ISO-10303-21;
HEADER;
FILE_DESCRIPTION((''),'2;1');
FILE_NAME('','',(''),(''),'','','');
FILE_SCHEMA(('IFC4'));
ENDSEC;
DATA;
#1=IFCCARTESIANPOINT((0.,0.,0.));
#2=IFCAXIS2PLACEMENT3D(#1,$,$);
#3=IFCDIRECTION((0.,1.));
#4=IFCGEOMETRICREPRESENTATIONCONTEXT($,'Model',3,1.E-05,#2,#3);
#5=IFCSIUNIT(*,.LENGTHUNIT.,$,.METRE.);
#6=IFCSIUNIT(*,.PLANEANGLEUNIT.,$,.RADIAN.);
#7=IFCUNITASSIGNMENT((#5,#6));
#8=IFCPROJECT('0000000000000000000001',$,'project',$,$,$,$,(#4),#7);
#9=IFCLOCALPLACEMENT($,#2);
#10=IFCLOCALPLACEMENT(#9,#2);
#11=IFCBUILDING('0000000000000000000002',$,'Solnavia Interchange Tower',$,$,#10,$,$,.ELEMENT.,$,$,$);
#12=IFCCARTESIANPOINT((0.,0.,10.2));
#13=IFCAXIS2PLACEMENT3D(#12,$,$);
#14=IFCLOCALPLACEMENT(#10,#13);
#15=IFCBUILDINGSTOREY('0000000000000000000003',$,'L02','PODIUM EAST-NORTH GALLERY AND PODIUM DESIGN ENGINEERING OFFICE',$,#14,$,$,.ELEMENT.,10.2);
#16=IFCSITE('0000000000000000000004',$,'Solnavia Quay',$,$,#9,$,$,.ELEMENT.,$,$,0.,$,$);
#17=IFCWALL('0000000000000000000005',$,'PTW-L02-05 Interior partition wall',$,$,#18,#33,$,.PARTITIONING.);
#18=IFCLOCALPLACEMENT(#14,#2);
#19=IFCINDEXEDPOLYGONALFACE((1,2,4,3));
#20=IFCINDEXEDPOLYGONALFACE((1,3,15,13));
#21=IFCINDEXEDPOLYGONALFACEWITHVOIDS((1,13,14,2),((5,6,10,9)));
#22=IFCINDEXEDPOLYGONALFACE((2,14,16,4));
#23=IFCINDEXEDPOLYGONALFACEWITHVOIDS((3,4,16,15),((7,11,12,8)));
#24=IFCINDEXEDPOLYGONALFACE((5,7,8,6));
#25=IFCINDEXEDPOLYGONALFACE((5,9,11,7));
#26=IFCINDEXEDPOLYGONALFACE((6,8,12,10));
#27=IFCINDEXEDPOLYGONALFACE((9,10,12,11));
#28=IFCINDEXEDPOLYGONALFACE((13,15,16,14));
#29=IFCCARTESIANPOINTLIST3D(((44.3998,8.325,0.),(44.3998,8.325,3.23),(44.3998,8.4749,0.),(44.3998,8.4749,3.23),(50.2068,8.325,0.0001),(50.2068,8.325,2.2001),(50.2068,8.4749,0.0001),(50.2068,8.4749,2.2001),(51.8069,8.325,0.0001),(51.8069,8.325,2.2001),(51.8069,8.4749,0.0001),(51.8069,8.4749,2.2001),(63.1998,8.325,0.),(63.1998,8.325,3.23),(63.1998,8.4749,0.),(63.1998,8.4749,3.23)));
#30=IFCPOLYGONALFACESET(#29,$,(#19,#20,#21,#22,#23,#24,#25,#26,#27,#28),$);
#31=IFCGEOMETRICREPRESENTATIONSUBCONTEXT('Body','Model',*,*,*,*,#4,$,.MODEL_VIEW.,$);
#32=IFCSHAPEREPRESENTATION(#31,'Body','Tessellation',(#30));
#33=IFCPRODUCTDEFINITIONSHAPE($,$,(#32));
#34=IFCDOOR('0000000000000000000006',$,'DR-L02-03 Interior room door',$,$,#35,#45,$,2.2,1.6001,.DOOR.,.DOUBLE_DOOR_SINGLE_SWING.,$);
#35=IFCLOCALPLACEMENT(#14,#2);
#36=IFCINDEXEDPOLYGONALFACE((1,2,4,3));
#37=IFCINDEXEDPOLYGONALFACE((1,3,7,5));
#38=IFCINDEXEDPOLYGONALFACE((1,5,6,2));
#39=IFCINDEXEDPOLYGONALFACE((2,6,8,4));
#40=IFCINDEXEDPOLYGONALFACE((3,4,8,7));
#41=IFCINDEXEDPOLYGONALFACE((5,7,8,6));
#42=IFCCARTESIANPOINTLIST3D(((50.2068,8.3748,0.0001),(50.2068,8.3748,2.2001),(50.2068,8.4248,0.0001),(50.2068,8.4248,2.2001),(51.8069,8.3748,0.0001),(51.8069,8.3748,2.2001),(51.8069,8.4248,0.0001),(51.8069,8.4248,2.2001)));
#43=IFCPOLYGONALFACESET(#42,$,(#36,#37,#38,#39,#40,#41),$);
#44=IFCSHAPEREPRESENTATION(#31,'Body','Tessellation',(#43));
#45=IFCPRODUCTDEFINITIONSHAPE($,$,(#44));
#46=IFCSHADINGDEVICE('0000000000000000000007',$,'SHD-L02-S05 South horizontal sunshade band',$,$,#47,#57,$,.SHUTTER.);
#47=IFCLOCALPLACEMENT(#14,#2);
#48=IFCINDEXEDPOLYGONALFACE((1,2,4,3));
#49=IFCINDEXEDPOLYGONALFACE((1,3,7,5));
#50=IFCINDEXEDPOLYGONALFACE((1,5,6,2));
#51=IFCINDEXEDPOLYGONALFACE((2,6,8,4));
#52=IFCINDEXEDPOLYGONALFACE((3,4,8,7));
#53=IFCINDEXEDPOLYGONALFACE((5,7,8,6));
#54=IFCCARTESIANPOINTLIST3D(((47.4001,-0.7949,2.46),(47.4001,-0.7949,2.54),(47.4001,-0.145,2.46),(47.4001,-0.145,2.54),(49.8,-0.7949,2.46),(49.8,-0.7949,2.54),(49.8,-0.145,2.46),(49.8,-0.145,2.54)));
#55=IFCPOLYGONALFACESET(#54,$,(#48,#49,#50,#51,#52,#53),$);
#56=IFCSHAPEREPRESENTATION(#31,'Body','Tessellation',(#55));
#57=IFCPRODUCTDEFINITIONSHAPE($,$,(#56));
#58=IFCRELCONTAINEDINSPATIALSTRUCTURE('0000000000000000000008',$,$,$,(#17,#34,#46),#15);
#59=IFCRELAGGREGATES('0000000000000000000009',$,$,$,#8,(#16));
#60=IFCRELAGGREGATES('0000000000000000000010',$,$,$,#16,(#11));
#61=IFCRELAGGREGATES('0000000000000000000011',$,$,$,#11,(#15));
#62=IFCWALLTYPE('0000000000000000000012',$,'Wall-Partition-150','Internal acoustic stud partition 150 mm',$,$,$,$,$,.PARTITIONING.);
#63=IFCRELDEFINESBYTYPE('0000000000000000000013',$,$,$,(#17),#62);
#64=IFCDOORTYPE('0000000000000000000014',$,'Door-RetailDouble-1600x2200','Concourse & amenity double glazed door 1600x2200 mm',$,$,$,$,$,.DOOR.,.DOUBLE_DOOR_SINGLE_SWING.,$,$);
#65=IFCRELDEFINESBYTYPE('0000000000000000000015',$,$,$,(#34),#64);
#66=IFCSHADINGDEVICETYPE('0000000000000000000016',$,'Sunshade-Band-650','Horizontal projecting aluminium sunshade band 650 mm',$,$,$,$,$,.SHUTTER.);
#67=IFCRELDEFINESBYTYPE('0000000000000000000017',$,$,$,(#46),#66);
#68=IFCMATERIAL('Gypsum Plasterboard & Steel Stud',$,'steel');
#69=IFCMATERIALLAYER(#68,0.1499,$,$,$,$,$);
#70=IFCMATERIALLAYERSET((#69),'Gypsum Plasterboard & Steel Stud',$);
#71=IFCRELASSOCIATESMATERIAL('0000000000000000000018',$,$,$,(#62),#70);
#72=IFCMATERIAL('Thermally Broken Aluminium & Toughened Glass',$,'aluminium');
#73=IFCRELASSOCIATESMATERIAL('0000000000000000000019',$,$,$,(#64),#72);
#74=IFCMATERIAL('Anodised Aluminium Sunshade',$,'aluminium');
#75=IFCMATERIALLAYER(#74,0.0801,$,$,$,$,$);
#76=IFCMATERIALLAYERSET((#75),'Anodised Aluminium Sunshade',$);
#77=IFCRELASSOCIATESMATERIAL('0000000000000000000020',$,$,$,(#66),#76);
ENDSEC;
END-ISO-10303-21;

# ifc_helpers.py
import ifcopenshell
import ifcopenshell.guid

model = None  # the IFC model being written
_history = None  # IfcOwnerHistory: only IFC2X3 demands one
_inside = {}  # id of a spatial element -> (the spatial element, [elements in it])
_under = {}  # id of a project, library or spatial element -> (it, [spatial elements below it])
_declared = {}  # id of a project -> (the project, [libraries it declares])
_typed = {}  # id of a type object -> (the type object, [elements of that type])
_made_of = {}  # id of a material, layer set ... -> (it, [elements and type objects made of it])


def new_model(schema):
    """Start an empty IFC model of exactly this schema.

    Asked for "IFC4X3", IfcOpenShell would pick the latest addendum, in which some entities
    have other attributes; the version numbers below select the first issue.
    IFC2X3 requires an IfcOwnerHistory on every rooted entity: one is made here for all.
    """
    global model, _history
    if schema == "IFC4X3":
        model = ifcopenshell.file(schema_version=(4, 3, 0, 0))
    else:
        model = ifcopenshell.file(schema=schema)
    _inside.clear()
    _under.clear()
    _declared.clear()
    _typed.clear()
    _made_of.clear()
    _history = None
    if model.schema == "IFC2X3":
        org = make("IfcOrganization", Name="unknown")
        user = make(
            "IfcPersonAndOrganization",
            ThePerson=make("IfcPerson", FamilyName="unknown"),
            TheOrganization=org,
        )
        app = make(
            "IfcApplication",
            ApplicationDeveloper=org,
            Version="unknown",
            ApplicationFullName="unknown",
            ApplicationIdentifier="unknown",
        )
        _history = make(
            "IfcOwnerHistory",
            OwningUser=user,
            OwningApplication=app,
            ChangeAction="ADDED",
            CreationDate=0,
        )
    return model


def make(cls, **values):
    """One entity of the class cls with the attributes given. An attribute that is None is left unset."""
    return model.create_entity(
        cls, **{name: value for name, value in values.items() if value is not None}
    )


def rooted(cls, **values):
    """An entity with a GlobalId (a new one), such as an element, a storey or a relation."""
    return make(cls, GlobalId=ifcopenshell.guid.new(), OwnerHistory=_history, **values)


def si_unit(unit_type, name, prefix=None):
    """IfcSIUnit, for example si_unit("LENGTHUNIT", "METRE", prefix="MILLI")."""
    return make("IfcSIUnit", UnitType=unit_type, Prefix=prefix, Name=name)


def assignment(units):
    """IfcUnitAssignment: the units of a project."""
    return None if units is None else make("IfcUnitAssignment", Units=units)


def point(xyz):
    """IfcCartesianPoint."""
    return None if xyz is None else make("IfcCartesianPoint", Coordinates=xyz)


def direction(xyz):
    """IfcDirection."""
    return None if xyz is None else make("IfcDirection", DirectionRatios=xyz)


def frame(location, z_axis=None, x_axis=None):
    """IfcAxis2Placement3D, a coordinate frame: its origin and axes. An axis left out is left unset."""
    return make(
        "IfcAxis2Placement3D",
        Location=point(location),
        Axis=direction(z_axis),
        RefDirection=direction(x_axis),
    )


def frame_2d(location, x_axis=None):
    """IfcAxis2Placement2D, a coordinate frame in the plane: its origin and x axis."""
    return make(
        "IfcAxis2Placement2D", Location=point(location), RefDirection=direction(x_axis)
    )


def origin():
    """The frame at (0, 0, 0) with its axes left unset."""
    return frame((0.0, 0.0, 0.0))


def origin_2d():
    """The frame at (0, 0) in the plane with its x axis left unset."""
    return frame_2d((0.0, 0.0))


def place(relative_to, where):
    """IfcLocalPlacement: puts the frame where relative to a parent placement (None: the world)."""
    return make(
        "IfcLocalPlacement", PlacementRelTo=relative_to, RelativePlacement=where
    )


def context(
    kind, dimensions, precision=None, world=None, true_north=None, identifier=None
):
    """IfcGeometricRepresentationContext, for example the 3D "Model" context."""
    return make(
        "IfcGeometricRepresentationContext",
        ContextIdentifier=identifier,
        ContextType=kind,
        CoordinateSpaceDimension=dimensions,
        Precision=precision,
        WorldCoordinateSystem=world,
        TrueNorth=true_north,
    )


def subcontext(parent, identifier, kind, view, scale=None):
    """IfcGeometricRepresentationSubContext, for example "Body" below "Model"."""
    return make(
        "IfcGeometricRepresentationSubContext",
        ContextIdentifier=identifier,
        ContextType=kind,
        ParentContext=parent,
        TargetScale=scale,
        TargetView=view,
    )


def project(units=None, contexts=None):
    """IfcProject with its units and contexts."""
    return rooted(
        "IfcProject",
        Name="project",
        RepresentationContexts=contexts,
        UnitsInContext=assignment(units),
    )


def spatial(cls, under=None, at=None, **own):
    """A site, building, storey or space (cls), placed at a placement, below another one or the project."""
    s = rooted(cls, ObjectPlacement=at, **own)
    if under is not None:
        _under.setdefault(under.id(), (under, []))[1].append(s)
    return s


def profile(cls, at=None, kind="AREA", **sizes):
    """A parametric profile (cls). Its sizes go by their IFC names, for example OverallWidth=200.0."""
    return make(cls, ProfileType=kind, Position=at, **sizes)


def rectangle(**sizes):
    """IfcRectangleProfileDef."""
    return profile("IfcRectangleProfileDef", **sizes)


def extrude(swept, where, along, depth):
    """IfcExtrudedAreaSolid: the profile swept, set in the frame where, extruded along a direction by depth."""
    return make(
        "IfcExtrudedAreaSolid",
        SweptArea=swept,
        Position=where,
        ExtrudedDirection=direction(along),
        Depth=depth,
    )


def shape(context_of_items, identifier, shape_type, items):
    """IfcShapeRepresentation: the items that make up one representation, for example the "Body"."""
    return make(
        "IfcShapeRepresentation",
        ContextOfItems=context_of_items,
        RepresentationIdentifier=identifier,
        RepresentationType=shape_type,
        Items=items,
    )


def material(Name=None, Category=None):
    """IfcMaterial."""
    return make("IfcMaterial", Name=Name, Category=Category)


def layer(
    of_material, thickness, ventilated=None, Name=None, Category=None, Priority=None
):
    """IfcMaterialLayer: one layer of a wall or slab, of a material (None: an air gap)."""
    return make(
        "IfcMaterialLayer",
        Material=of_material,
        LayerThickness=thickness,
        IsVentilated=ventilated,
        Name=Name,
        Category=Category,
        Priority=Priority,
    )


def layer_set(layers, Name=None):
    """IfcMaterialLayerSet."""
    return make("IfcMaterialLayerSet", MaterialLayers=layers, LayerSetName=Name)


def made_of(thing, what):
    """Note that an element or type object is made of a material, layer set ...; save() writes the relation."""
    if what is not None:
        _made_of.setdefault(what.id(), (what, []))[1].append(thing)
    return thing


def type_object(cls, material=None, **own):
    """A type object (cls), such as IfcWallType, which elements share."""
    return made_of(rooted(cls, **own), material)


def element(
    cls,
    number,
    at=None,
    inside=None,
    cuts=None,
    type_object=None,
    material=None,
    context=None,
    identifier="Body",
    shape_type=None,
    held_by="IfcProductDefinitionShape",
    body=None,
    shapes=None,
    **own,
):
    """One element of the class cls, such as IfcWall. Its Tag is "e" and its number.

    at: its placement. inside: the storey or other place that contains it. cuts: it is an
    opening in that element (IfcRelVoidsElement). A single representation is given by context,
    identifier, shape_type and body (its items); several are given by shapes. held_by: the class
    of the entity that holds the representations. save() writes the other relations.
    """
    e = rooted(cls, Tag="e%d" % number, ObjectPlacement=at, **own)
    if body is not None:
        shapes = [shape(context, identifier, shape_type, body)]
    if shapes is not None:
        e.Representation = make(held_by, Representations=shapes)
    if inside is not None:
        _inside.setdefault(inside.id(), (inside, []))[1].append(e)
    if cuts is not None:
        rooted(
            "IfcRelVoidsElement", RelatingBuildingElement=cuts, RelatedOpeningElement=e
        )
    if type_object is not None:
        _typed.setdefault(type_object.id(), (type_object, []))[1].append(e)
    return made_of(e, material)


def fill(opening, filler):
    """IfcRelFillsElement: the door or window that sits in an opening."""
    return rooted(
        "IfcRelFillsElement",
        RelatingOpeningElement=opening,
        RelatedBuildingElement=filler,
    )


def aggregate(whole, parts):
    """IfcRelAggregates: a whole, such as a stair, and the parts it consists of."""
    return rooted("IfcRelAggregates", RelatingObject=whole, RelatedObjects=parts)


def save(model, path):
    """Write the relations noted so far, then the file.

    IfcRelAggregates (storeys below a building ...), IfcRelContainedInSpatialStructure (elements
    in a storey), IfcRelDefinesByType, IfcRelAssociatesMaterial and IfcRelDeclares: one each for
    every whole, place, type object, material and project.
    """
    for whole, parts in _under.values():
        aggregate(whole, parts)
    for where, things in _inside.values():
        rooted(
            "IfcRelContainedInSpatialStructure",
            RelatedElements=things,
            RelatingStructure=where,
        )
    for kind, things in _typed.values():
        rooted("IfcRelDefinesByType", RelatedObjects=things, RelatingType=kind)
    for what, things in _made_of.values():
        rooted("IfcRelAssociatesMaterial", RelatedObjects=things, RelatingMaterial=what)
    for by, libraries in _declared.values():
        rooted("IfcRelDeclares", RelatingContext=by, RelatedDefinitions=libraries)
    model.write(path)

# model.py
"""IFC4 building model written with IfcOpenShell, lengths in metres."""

from ifc_helpers import new_model, si_unit, direction, frame, frame_2d, origin, origin_2d, place, context, subcontext, project, spatial, rectangle, extrude, material, layer, layer_set, type_object, element, fill, save


model = new_model("IFC4")

# Units and contexts
model_context = context("Model", 3, precision=1e-05, world=origin(), true_north=direction((0.0, 1.0)))
body_context = subcontext(model_context, "Body", "Model", "MODEL_VIEW")
ifc_project = project(units=[si_unit("LENGTHUNIT", "METRE"), si_unit("PLANEANGLEUNIT", "RADIAN")], contexts=[model_context])

# Site, building, storey
site_placement = place(None, origin())
site = spatial("IfcSite", under=ifc_project, at=site_placement, Name="Solnavia Quay", CompositionType="ELEMENT", RefElevation=0.0)
building_placement = place(site_placement, origin())
building = spatial("IfcBuilding", under=site, at=building_placement, Name="Solnavia Interchange Tower", CompositionType="ELEMENT")
storey_placement = place(building_placement, frame((0.0, 0.0, 10.2)))
storey = spatial("IfcBuildingStorey", under=building, at=storey_placement, Name="L02", Description="PODIUM EAST-NORTH GALLERY AND PODIUM DESIGN ENGINEERING OFFICE", CompositionType="ELEMENT", Elevation=10.2)

# Shared definitions
ifc_material_1 = material(Name="Gypsum Plasterboard & Steel Stud", Category="steel")
ifc_layer_1 = layer(ifc_material_1, 0.1499)
ifc_layer_set_1 = layer_set([ifc_layer_1], Name="Gypsum Plasterboard & Steel Stud")
wall_type_1 = type_object("IfcWallType", Name="Wall-Partition-150", Description="Internal acoustic stud partition 150 mm", PredefinedType="PARTITIONING", material=ifc_layer_set_1)

# Wall, opening, door
wall_1_placement = place(storey_placement, frame((44.3999, 8.3999, 0.0), z_axis=(0.0, 0.0, 1.0), x_axis=(1.0, 0.0, 0.0)))
wall_1 = element("IfcWall", 1, at=wall_1_placement, inside=storey, type_object=wall_type_1, Name="PTW-L02-05 Interior partition wall", PredefinedType="PARTITIONING", context=body_context, shape_type="SweptSolid", body=[
    extrude(rectangle(XDim=18.8, YDim=0.1499, at=frame_2d((9.3999, 0.0))), origin(), (0.0, 0.0, 1.0), 3.23),
])
opening_1_placement = place(wall_1_placement, frame((5.8069, 0.0, 0.0)))
opening_1 = element("IfcOpeningElement", 2, at=opening_1_placement, cuts=wall_1, PredefinedType="OPENING", context=body_context, shape_type="SweptSolid", body=[
    extrude(rectangle(XDim=1.6001, YDim=2.2, at=frame_2d((0.8, 1.1001))), frame((0.0, 0.085, 0.0), z_axis=(0.0, -1.0, 0.0), x_axis=(1.0, 0.0, 0.0)), (0.0, 0.0, 1.0), 0.1699),
])
ifc_material_2 = material(Name="Thermally Broken Aluminium & Toughened Glass", Category="aluminium")
door_type = type_object("IfcDoorType", Name="Door-RetailDouble-1600x2200", Description="Concourse & amenity double glazed door 1600x2200 mm", OperationType="DOUBLE_DOOR_SINGLE_SWING", PredefinedType="DOOR", material=ifc_material_2)
door_placement = place(opening_1_placement, origin())
door = element("IfcDoor", 3, at=door_placement, inside=storey, type_object=door_type, Name="DR-L02-03 Interior room door", OperationType="DOUBLE_DOOR_SINGLE_SWING", OverallHeight=2.2, OverallWidth=1.6001, PredefinedType="DOOR", context=body_context, shape_type="SweptSolid", body=[
    extrude(rectangle(XDim=1.6001, YDim=2.2, at=frame_2d((0.8, 1.1001))), frame((0.0, 0.0249, 0.0), z_axis=(0.0, -1.0, 0.0), x_axis=(1.0, 0.0, 0.0)), (0.0, 0.0, 1.0), 0.05),
])
fill(opening_1, door)

# Shading device
ifc_material_3 = material(Name="Anodised Aluminium Sunshade", Category="aluminium")
ifc_layer_2 = layer(ifc_material_3, 0.0801)
ifc_layer_set_2 = layer_set([ifc_layer_2], Name="Anodised Aluminium Sunshade")
shading_device_type = type_object("IfcShadingDeviceType", Name="Sunshade-Band-650", Description="Horizontal projecting aluminium sunshade band 650 mm", PredefinedType="SHUTTER", material=ifc_layer_set_2)
shading_device_placement = place(storey_placement, frame((48.6001, -0.47, 2.46), z_axis=(0.0, 0.0, 1.0), x_axis=(1.0, 0.0, 0.0)))
element("IfcShadingDevice", 4, at=shading_device_placement, inside=storey, type_object=shading_device_type, Name="SHD-L02-S05 South horizontal sunshade band", PredefinedType="SHUTTER", context=body_context, shape_type="SweptSolid", body=[
    extrude(rectangle(XDim=2.3999, YDim=0.6499, at=origin_2d()), origin(), (0.0, 0.0, 1.0), 0.0801),
])

save(model, "model.ifc")
